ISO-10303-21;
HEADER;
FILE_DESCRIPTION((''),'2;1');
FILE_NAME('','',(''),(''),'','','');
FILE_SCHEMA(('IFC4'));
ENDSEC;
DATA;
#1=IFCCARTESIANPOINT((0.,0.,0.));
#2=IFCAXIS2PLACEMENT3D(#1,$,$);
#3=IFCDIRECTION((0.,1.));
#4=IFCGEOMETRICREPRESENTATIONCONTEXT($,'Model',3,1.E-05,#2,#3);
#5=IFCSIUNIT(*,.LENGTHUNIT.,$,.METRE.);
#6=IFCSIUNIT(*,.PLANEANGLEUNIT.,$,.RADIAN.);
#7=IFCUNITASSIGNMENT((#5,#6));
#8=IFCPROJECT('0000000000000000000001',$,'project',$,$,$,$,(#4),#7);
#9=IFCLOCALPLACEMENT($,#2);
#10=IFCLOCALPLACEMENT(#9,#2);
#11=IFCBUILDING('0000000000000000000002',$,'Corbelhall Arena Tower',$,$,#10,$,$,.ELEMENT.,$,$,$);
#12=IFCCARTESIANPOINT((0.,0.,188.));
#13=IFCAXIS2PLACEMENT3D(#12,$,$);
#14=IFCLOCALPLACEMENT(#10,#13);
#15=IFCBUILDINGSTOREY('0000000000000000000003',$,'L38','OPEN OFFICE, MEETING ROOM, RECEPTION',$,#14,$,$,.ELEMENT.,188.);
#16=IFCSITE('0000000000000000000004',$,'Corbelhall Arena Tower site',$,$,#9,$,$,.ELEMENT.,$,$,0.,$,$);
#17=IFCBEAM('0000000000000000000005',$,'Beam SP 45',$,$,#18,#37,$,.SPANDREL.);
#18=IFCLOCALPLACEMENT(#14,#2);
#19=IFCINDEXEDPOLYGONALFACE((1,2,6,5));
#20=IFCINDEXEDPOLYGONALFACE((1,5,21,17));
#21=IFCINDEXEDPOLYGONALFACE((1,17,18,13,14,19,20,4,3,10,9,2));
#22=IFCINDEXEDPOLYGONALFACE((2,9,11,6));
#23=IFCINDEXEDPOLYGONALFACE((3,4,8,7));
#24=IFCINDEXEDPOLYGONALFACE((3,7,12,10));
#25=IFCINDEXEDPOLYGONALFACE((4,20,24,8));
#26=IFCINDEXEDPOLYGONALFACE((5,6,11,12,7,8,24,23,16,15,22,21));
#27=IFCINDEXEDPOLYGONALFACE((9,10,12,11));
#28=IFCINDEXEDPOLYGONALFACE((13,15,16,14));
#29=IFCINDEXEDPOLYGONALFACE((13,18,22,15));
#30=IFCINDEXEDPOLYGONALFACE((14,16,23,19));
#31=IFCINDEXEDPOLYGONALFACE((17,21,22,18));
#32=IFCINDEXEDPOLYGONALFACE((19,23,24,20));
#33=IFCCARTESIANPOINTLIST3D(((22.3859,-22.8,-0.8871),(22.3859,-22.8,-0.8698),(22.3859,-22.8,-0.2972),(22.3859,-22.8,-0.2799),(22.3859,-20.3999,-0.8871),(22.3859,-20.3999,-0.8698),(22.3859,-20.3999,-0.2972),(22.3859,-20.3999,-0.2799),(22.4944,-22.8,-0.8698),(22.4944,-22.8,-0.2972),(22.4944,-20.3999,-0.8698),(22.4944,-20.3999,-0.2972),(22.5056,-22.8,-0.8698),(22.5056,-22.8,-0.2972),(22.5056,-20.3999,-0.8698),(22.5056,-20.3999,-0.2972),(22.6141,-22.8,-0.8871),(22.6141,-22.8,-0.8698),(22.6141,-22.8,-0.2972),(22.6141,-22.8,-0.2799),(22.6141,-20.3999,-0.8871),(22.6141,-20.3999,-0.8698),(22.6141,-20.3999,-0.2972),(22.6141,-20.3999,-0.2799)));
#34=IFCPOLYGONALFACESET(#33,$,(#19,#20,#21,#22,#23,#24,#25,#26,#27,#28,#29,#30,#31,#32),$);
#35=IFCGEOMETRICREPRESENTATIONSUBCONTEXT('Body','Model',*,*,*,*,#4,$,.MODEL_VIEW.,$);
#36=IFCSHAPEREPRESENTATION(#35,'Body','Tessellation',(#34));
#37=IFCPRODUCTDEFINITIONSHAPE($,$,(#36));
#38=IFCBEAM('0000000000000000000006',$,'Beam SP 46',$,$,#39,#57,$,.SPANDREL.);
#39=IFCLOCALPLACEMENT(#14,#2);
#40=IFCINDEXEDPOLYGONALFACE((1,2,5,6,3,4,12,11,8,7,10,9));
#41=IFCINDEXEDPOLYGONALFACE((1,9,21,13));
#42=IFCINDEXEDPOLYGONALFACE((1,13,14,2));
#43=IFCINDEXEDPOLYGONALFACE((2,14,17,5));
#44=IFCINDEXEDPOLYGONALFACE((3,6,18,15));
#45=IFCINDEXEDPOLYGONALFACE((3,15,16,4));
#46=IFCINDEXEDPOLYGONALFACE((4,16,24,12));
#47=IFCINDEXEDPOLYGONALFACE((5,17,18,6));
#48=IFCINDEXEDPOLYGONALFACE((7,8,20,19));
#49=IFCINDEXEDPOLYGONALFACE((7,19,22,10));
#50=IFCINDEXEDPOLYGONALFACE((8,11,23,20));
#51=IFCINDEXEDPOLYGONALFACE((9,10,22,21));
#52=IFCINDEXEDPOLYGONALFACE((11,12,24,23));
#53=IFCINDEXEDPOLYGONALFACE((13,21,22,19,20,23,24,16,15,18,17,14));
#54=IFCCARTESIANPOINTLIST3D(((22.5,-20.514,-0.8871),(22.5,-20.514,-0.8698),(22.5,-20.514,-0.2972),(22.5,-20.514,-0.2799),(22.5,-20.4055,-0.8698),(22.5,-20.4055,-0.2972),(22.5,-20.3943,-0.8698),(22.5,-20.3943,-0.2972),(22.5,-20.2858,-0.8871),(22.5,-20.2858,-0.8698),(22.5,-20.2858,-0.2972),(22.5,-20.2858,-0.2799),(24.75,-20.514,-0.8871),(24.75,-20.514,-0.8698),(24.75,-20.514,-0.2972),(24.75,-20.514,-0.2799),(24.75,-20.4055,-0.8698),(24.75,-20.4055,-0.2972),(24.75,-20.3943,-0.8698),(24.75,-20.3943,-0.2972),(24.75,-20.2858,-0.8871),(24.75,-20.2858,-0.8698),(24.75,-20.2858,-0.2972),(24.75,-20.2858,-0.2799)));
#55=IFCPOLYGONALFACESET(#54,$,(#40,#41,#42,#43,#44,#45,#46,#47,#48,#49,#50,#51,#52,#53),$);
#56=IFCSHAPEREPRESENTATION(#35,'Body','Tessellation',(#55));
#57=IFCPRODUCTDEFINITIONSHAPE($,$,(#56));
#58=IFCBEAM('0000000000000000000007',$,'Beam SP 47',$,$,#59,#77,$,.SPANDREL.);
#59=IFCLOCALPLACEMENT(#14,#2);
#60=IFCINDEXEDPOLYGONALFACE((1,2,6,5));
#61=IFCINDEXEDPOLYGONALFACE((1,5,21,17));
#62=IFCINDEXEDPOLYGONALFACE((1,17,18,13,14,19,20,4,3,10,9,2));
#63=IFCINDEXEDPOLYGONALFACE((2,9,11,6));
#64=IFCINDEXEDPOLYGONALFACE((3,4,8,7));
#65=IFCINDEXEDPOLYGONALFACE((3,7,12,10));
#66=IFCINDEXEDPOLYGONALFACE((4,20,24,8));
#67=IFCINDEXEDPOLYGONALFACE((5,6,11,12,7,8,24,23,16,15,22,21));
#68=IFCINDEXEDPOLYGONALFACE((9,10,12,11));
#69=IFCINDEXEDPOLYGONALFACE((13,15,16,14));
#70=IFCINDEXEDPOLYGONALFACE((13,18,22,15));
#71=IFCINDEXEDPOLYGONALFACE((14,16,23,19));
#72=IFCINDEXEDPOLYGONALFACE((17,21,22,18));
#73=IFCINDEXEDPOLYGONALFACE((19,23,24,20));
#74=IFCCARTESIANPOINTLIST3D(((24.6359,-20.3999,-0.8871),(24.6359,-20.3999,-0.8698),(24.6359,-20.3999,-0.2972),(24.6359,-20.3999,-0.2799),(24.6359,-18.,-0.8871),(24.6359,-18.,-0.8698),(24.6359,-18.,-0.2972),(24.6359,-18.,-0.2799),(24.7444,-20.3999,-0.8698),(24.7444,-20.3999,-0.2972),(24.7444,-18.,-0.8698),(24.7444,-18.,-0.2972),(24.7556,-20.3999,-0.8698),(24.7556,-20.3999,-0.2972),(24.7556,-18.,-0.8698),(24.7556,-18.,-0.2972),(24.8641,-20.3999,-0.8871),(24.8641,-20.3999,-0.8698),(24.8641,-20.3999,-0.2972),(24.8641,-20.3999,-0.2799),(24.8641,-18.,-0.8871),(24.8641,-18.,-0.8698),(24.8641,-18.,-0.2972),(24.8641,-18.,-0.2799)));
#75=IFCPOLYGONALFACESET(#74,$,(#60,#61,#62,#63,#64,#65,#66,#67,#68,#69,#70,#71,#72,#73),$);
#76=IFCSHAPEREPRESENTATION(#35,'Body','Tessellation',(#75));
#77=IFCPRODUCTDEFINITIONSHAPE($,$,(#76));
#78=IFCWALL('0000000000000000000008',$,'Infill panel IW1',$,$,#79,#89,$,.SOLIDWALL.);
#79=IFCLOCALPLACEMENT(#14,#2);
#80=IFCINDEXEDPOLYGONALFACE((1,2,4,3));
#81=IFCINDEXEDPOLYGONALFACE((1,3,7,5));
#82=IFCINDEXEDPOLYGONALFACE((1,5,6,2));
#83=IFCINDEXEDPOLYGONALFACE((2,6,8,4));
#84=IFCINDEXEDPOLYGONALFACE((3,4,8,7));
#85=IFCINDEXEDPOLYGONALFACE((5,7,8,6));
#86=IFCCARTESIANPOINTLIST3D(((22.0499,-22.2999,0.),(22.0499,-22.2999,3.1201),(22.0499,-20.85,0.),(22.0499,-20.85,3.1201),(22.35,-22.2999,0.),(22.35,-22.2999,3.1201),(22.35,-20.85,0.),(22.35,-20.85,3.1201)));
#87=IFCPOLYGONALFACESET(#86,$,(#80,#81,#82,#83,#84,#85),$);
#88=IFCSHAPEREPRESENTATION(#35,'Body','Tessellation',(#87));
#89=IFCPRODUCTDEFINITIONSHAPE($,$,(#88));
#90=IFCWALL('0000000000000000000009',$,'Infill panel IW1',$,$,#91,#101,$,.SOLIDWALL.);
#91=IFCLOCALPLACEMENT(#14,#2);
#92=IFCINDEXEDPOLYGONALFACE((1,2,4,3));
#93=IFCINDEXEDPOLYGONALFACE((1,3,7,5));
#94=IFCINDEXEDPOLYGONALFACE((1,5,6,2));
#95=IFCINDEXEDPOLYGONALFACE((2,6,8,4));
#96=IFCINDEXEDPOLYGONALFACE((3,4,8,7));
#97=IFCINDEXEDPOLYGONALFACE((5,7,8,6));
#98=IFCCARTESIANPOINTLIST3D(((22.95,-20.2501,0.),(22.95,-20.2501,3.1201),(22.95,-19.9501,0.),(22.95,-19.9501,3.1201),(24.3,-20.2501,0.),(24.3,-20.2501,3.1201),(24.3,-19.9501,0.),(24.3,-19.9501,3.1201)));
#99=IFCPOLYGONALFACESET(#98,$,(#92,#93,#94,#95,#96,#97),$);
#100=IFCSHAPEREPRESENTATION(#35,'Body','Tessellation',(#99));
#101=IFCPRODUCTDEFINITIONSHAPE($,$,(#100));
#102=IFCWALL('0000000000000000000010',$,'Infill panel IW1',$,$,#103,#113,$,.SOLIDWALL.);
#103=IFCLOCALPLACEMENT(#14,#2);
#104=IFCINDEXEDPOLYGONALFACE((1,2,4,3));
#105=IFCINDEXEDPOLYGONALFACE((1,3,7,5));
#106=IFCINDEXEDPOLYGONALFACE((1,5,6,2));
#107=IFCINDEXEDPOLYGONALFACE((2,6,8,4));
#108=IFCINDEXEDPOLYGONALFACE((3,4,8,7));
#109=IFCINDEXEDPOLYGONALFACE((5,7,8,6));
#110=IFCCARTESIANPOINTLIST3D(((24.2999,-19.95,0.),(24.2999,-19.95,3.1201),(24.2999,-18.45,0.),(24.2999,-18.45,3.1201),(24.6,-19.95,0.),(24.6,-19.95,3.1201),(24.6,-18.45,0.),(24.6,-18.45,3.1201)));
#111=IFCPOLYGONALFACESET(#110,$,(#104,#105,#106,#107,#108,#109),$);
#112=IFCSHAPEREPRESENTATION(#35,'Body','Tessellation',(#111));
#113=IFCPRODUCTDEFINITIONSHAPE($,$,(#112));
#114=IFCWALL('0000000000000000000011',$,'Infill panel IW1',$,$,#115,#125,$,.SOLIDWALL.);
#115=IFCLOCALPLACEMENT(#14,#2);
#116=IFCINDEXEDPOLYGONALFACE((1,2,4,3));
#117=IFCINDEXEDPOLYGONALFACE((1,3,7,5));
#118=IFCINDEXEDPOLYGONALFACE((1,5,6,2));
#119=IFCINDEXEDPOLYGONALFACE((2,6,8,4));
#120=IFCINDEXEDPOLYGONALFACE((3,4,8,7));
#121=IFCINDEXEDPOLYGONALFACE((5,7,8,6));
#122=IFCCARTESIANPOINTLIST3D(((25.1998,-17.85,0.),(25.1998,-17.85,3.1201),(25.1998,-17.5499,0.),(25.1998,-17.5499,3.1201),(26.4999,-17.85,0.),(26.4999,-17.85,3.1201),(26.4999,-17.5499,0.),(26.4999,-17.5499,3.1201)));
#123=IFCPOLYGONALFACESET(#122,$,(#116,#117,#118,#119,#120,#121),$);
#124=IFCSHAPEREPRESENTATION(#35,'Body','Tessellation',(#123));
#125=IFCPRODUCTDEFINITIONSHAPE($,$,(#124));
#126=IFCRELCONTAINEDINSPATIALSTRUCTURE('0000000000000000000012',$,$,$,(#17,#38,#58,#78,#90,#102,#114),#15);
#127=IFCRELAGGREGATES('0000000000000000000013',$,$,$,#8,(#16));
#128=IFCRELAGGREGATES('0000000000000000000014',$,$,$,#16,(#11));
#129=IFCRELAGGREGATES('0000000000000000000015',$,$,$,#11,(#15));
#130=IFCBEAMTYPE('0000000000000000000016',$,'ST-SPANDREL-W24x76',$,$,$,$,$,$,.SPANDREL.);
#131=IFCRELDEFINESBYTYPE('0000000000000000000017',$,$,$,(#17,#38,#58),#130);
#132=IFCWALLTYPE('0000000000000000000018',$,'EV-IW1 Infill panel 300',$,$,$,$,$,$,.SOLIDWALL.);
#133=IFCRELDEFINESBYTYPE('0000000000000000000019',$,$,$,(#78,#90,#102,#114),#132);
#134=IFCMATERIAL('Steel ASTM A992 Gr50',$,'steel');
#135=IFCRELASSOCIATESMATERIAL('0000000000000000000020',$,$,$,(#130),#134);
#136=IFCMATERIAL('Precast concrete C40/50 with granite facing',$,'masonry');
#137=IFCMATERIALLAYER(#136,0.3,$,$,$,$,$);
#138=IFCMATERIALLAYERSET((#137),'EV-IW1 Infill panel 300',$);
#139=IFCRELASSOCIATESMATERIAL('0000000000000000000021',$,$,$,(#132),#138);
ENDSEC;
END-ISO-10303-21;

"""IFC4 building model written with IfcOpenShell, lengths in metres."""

from ifc_helpers import new_model, si_unit, direction, frame, frame_2d, origin, origin_2d, place, context, subcontext, project, spatial, rectangle, i_section, extrude, material, layer, layer_set, material_profile, profile_set, type_object, element, save


model = new_model("IFC4")

# Units and contexts
model_context = context("Model", 3, precision=1e-05, world=origin(), true_north=direction((0.0, 1.0)))
body_context = subcontext(model_context, "Body", "Model", "MODEL_VIEW")
ifc_project = project(units=[si_unit("LENGTHUNIT", "METRE"), si_unit("PLANEANGLEUNIT", "RADIAN")], contexts=[model_context])

# Site, building, storey
site_placement = place(None, origin())
site = spatial("IfcSite", under=ifc_project, at=site_placement, Name="Corbelhall Arena Tower site", CompositionType="ELEMENT", RefElevation=0.0)
building_placement = place(site_placement, origin())
building = spatial("IfcBuilding", under=site, at=building_placement, Name="Corbelhall Arena Tower", CompositionType="ELEMENT")
storey_placement = place(building_placement, frame((0.0, 0.0, 188.0)))
storey = spatial("IfcBuildingStorey", under=building, at=storey_placement, Name="L38", Description="OPEN OFFICE, MEETING ROOM, RECEPTION", CompositionType="ELEMENT", Elevation=188.0)

# Beams
ifc_material_1 = material(Name="Steel ASTM A992 Gr50", Category="steel")
ifc_material_profile_1 = material_profile(ifc_material_1, i_section(OverallWidth=0.2283, OverallDepth=0.6072, WebThickness=0.0112, FlangeThickness=0.0173, at=origin_2d()))
ifc_profile_set_1 = profile_set([ifc_material_profile_1], Name="Steel ASTM A992 Gr50")
beam_type = type_object("IfcBeamType", Name="ST-SPANDREL-W24x76", PredefinedType="SPANDREL", material=ifc_profile_set_1)
beam_1_placement = place(storey_placement, frame((22.5, -20.3999, -0.5835), z_axis=(0.0, -1.0, 0.0), x_axis=(1.0, 0.0, 0.0)))
element("IfcBeam", 1, at=beam_1_placement, inside=storey, type_object=beam_type, Name="Beam SP 45", PredefinedType="SPANDREL", context=body_context, shape_type="SweptSolid", body=[
    extrude(i_section(OverallWidth=0.2283, OverallDepth=0.6072, WebThickness=0.0112, FlangeThickness=0.0173, at=origin_2d()), origin(), (0.0, 0.0, 1.0), 2.4001),
])
beam_2_placement = place(storey_placement, frame((24.75, -20.3999, -0.5835), z_axis=(-1.0, 0.0, 0.0), x_axis=(0.0, -1.0, 0.0)))
element("IfcBeam", 2, at=beam_2_placement, inside=storey, type_object=beam_type, Name="Beam SP 46", PredefinedType="SPANDREL", context=body_context, shape_type="SweptSolid", body=[
    extrude(i_section(OverallWidth=0.2283, OverallDepth=0.6072, WebThickness=0.0112, FlangeThickness=0.0173, at=origin_2d()), origin(), (0.0, 0.0, 1.0), 2.25),
])
beam_3_placement = place(storey_placement, frame((24.75, -18.0, -0.5835), z_axis=(0.0, -1.0, 0.0), x_axis=(1.0, 0.0, 0.0)))
element("IfcBeam", 3, at=beam_3_placement, inside=storey, type_object=beam_type, Name="Beam SP 47", PredefinedType="SPANDREL", context=body_context, shape_type="SweptSolid", body=[
    extrude(i_section(OverallWidth=0.2283, OverallDepth=0.6072, WebThickness=0.0112, FlangeThickness=0.0173, at=origin_2d()), origin(), (0.0, 0.0, 1.0), 2.3999),
])

# Shared definitions
ifc_material_2 = material(Name="Precast concrete C40/50 with granite facing", Category="masonry")
ifc_layer_1 = layer(ifc_material_2, 0.3)
ifc_layer_set_1 = layer_set([ifc_layer_1], Name="EV-IW1 Infill panel 300")
wall_type_1 = type_object("IfcWallType", Name="EV-IW1 Infill panel 300", PredefinedType="SOLIDWALL", material=ifc_layer_set_1)

# Walls
wall_1_placement = place(storey_placement, frame((22.2, -22.3, 0.0), z_axis=(0.0, 0.0, 1.0), x_axis=(0.0, 1.0, 0.0)))
element("IfcWall", 4, at=wall_1_placement, inside=storey, type_object=wall_type_1, Name="Infill panel IW1", PredefinedType="SOLIDWALL", context=body_context, shape_type="SweptSolid", body=[
    extrude(rectangle(XDim=1.45, YDim=0.3, at=frame_2d((0.7251, 0.0))), origin(), (0.0, 0.0, 1.0), 3.1201),
])
wall_2_placement = place(storey_placement, frame((22.95, -20.1001, 0.0), z_axis=(0.0, 0.0, 1.0), x_axis=(1.0, 0.0, 0.0)))
element("IfcWall", 5, at=wall_2_placement, inside=storey, type_object=wall_type_1, Name="Infill panel IW1", PredefinedType="SOLIDWALL", context=body_context, shape_type="SweptSolid", body=[
    extrude(rectangle(XDim=1.3501, YDim=0.3, at=frame_2d((0.675, 0.0))), origin(), (0.0, 0.0, 1.0), 3.1201),
])
wall_3_placement = place(storey_placement, frame((24.45, -19.95, 0.0), z_axis=(0.0, 0.0, 1.0), x_axis=(0.0, 1.0, 0.0)))
element("IfcWall", 6, at=wall_3_placement, inside=storey, type_object=wall_type_1, Name="Infill panel IW1", PredefinedType="SOLIDWALL", context=body_context, shape_type="SweptSolid", body=[
    extrude(rectangle(XDim=1.5, YDim=0.3, at=frame_2d((0.75, 0.0))), origin(), (0.0, 0.0, 1.0), 3.1201),
])
wall_4_placement = place(storey_placement, frame((25.2, -17.7, 0.0), z_axis=(0.0, 0.0, 1.0), x_axis=(1.0, 0.0, 0.0)))
element("IfcWall", 7, at=wall_4_placement, inside=storey, type_object=wall_type_1, Name="Infill panel IW1", PredefinedType="SOLIDWALL", context=body_context, shape_type="SweptSolid", body=[
    extrude(rectangle(XDim=1.3, YDim=0.3, at=frame_2d((0.6499, 0.0))), origin(), (0.0, 0.0, 1.0), 3.1201),
])

save(model, "model.ifc")
